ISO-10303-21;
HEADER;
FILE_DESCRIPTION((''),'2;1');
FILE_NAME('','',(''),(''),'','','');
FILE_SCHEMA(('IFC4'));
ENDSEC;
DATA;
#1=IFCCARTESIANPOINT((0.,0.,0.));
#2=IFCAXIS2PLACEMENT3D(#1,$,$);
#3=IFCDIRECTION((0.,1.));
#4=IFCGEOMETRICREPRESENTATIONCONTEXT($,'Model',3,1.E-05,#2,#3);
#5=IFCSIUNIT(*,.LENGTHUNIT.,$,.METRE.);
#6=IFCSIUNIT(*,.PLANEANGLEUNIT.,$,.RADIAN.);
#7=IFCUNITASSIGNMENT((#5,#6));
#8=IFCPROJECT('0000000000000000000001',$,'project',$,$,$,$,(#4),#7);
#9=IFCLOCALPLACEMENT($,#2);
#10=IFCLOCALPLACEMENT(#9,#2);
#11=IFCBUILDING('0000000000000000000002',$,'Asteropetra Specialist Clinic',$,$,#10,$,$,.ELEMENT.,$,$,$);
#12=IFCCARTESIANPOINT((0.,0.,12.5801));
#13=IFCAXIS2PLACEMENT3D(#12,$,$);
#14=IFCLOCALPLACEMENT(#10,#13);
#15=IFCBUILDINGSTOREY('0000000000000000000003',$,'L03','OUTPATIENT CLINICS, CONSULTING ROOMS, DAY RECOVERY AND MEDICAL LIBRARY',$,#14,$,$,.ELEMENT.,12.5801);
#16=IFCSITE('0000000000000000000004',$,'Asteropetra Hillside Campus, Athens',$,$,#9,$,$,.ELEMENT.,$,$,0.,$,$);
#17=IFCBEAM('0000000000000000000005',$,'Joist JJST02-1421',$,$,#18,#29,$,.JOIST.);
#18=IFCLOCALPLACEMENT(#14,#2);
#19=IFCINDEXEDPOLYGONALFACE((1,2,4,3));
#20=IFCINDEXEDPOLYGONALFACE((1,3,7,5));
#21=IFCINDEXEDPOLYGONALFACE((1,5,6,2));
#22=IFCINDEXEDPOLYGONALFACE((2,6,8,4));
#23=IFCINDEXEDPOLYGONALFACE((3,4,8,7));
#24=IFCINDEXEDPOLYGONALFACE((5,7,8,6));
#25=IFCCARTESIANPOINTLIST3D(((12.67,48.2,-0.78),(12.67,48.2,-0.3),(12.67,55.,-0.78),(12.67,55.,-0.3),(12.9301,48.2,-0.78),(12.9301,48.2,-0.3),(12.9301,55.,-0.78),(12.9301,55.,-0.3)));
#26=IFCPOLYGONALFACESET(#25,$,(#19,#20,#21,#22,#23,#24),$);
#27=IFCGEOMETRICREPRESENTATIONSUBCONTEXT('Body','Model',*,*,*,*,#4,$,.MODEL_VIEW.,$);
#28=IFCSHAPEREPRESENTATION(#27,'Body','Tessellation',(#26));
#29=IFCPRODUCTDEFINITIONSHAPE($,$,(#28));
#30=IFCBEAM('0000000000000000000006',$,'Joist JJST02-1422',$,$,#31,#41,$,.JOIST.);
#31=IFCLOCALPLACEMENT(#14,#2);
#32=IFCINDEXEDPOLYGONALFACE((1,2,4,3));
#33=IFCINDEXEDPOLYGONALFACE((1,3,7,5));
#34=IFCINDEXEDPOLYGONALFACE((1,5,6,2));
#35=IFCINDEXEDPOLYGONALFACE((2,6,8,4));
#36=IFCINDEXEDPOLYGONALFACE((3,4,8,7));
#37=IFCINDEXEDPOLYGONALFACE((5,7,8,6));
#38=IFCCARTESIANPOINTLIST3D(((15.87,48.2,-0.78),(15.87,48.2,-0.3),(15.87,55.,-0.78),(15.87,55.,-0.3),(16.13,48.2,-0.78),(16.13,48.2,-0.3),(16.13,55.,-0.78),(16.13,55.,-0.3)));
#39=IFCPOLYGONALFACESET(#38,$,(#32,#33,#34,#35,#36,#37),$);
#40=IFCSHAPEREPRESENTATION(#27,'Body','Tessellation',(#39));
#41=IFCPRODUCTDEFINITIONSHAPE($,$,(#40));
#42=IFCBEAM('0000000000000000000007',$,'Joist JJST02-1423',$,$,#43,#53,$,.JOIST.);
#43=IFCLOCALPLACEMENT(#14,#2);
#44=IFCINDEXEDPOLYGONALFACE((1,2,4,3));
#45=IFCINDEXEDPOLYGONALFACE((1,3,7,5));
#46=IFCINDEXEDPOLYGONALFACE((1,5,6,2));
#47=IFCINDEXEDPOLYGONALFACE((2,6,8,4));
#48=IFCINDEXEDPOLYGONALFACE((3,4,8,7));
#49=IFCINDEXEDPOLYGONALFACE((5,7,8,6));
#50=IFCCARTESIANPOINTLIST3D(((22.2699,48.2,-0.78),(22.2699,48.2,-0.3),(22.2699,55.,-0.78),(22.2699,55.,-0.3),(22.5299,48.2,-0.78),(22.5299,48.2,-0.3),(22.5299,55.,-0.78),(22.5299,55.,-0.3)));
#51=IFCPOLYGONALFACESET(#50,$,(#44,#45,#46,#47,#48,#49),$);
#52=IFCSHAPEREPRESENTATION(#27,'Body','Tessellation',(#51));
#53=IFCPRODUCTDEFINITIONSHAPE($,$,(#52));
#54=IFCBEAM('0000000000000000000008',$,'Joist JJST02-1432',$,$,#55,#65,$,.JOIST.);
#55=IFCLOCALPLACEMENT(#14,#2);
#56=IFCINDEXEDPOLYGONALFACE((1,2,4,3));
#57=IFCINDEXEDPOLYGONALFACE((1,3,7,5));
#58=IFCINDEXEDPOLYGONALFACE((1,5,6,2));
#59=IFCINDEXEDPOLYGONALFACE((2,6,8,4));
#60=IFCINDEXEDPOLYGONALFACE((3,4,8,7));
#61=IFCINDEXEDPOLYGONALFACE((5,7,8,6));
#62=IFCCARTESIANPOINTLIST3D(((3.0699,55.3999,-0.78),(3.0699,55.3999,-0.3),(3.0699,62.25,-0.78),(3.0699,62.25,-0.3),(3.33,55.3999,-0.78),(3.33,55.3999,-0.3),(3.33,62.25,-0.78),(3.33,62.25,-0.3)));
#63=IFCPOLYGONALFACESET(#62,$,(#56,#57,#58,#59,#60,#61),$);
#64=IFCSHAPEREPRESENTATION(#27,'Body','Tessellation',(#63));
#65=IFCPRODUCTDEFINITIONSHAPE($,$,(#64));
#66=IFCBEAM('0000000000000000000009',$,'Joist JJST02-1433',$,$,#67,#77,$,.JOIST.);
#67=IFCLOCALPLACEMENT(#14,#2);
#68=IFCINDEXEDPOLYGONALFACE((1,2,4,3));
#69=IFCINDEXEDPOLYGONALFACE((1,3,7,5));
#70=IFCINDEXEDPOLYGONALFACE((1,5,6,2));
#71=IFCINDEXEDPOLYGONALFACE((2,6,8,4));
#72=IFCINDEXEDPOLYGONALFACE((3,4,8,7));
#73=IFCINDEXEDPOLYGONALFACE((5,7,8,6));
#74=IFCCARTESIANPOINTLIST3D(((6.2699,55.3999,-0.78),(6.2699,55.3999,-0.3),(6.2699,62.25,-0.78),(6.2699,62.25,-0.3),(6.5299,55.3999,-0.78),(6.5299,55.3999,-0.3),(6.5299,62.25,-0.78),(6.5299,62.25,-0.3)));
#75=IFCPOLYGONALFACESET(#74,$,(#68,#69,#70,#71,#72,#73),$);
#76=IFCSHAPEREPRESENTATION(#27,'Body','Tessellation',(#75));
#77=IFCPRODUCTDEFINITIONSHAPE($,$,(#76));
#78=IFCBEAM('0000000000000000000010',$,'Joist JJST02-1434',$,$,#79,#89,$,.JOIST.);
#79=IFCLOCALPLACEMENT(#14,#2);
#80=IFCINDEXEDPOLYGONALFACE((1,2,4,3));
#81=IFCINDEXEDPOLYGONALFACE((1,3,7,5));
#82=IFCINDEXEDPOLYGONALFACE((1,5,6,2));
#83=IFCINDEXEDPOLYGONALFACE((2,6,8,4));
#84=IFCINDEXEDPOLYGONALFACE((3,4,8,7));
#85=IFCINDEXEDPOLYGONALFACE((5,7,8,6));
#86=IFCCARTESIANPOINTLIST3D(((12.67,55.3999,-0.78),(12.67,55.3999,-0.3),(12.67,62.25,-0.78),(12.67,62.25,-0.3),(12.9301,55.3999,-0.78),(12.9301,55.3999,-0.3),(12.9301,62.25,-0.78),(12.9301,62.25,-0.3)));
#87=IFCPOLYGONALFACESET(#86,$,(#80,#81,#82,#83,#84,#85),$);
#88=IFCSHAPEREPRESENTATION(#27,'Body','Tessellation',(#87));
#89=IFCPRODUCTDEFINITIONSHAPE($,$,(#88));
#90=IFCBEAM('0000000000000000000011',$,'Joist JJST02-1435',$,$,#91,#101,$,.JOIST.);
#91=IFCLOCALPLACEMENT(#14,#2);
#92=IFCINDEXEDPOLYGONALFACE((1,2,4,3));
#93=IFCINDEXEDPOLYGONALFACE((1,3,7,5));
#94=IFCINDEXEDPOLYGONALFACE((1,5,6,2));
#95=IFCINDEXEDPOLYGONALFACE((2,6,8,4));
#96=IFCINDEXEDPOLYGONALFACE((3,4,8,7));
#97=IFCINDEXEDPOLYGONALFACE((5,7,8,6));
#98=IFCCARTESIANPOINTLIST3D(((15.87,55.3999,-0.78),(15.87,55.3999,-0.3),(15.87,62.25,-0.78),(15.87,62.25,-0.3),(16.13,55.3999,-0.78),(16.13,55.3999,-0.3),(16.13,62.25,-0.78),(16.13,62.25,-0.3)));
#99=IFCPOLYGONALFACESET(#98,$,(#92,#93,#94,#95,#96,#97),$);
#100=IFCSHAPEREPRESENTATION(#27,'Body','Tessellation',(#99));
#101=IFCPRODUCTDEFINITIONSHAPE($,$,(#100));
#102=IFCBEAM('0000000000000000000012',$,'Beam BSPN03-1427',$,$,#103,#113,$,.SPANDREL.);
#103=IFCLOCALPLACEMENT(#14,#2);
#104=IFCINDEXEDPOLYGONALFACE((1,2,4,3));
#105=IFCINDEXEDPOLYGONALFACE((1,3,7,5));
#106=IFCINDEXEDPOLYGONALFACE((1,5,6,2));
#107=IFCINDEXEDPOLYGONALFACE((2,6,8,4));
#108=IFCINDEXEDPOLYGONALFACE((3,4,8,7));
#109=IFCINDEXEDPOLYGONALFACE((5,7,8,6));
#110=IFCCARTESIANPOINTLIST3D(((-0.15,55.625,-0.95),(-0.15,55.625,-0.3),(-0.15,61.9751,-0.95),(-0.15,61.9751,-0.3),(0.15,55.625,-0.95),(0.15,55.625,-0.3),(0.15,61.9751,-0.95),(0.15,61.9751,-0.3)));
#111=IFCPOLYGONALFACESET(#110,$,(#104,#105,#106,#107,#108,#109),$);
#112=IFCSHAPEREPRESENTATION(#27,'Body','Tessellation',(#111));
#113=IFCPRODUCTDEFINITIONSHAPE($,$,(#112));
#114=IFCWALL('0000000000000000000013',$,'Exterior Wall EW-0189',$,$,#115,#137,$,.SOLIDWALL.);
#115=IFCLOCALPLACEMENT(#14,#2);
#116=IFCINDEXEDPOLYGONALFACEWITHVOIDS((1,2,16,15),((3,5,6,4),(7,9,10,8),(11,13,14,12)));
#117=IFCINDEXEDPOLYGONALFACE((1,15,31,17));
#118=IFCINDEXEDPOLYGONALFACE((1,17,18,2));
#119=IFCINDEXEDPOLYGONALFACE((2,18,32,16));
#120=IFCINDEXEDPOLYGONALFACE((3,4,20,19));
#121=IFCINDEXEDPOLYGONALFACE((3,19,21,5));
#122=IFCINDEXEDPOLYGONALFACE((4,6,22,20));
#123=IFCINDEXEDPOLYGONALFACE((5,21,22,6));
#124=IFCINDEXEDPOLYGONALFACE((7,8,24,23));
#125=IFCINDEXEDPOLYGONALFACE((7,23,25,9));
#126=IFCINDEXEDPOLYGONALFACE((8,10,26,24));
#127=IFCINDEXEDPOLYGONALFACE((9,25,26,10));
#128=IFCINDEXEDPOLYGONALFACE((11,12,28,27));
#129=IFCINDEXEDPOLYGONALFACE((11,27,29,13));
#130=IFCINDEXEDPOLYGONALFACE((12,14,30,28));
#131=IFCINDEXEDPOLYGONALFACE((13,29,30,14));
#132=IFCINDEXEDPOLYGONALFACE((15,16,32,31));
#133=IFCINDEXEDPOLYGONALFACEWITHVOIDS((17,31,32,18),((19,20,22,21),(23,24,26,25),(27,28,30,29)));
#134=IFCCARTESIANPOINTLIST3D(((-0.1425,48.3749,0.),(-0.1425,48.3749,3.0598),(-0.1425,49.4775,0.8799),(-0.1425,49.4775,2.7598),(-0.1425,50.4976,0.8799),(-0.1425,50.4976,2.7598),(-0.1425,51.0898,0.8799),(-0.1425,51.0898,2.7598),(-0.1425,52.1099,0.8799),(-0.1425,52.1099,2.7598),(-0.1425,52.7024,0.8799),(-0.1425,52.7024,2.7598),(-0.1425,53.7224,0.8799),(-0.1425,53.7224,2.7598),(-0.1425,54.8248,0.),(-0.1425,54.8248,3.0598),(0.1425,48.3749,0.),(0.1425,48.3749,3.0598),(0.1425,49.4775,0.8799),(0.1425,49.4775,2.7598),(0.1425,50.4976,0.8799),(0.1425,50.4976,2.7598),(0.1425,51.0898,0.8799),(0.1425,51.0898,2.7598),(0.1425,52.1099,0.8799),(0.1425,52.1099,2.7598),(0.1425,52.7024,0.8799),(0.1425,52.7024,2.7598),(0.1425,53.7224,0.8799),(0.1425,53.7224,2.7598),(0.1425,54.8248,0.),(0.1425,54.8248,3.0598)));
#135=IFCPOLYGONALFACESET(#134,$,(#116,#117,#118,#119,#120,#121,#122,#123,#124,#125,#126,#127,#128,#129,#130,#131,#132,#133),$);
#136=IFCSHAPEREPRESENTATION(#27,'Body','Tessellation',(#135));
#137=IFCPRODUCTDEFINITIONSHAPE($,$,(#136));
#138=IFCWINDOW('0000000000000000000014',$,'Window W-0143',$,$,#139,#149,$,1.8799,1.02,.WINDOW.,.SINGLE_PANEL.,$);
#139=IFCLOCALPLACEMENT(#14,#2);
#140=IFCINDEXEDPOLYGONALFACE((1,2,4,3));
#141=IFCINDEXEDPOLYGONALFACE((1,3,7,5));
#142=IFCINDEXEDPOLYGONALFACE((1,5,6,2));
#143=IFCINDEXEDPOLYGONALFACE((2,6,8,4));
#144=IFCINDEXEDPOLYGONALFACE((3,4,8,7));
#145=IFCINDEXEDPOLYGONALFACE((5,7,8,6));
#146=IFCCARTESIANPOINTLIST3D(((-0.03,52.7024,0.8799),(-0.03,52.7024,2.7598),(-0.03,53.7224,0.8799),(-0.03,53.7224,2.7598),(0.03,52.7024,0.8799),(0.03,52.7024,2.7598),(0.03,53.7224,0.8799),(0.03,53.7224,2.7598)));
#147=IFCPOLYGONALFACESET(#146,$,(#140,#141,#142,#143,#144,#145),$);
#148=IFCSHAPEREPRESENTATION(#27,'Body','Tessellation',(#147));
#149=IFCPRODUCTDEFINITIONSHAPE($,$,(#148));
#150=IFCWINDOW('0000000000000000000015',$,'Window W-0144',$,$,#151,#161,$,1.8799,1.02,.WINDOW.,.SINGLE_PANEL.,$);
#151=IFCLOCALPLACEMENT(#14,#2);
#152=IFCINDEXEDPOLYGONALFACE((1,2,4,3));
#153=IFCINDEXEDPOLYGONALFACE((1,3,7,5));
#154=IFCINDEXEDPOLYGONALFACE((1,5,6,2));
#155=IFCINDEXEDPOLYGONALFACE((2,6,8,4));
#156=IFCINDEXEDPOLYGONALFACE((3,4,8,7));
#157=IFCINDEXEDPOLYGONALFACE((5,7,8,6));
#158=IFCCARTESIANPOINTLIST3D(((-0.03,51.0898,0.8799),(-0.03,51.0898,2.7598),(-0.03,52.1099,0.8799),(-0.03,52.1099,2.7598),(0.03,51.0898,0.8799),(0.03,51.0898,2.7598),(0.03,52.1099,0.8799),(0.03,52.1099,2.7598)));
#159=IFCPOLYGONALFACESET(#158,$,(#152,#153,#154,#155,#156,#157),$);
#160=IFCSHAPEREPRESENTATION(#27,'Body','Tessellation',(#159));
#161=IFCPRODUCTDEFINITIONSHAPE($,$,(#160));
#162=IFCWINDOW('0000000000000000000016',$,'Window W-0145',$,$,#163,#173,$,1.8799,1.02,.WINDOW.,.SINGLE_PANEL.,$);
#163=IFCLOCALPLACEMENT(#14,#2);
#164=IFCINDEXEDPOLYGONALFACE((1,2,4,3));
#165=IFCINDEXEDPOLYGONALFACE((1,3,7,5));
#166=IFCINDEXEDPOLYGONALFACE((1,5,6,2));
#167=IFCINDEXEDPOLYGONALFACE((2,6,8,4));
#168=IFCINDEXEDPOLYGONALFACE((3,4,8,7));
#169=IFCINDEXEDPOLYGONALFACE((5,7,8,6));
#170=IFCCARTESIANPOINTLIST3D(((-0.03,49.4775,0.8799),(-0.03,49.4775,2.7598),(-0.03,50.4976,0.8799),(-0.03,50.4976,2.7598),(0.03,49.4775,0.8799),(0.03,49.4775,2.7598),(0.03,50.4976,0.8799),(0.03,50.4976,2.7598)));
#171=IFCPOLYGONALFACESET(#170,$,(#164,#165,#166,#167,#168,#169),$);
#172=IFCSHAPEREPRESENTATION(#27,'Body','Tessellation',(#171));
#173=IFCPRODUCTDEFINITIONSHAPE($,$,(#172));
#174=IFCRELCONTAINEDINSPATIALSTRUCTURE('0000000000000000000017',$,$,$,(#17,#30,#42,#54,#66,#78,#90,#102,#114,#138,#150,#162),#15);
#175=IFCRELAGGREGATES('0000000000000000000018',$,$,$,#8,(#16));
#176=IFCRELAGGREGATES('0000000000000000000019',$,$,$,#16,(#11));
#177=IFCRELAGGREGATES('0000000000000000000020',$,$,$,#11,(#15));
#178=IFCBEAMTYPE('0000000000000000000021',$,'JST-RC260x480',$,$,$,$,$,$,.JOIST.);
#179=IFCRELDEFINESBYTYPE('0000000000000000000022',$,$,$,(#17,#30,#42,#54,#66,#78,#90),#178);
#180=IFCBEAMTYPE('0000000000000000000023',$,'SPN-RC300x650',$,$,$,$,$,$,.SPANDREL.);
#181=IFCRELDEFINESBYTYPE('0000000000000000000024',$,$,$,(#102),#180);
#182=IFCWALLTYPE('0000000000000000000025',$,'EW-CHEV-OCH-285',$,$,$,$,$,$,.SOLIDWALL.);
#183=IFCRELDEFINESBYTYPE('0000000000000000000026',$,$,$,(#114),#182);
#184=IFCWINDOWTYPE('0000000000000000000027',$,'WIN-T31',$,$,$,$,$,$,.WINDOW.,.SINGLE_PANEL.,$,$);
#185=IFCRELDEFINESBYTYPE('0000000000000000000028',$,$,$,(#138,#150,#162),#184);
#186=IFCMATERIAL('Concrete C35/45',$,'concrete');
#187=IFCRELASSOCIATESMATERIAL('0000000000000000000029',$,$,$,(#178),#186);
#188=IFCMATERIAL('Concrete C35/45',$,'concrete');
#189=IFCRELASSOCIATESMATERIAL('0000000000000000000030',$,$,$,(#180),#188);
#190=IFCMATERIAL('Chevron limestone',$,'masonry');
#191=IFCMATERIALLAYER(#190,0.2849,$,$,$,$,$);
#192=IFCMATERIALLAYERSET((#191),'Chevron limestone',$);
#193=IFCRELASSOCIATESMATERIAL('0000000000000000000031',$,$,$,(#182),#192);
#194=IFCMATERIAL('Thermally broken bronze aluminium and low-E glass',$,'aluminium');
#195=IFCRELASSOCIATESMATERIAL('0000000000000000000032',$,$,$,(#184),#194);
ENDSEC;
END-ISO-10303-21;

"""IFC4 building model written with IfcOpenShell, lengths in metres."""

from ifc_helpers import new_model, si_unit, direction, frame, frame_2d, origin, origin_2d, place, context, subcontext, project, spatial, rectangle, extrude, material, layer, layer_set, material_profile, profile_set, type_object, element, fill, save


model = new_model("IFC4")

# Units and contexts
model_context = context("Model", 3, precision=1e-05, world=origin(), true_north=direction((0.0, 1.0)))
body_context = subcontext(model_context, "Body", "Model", "MODEL_VIEW")
ifc_project = project(units=[si_unit("LENGTHUNIT", "METRE"), si_unit("PLANEANGLEUNIT", "RADIAN")], contexts=[model_context])

# Site, building, storey
site_placement = place(None, origin())
site = spatial("IfcSite", under=ifc_project, at=site_placement, Name="Asteropetra Hillside Campus, Athens", CompositionType="ELEMENT", RefElevation=0.0)
building_placement = place(site_placement, origin())
building = spatial("IfcBuilding", under=site, at=building_placement, Name="Asteropetra Specialist Clinic", CompositionType="ELEMENT")
storey_placement = place(building_placement, frame((0.0, 0.0, 12.5801)))
storey = spatial("IfcBuildingStorey", under=building, at=storey_placement, Name="L03", Description="OUTPATIENT CLINICS, CONSULTING ROOMS, DAY RECOVERY AND MEDICAL LIBRARY", CompositionType="ELEMENT", Elevation=12.5801)

# Beams
ifc_material_1 = material(Name="Concrete C35/45", Category="concrete")
ifc_material_profile_1 = material_profile(ifc_material_1, rectangle(XDim=0.26, YDim=0.48, at=origin_2d()), Name="RCJ 260x480")
ifc_profile_set_1 = profile_set([ifc_material_profile_1], Name="Concrete C35/45")
beam_type_1 = type_object("IfcBeamType", Name="JST-RC260x480", PredefinedType="JOIST", material=ifc_profile_set_1)
for number, where, z_axis, x_axis, name in (
    (1, (12.8, 48.2, -0.54), (0.0, 1.0, 0.0), (-1.0, 0.0, 0.0), "Joist JJST02-1421"),
    (2, (16.0, 48.2, -0.54), (0.0, 1.0, 0.0), (-1.0, 0.0, 0.0), "Joist JJST02-1422"),
    (3, (22.3999, 48.2, -0.54), (0.0, 1.0, 0.0), (-1.0, 0.0, 0.0), "Joist JJST02-1423"),
):
    element("IfcBeam", number, at=place(storey_placement, frame(where, z_axis=z_axis, x_axis=x_axis)), inside=storey, type_object=beam_type_1, Name=name, PredefinedType="JOIST", context=body_context, shape_type="SweptSolid", body=[
        extrude(rectangle(XDim=0.26, YDim=0.48, at=origin_2d()), origin(), (0.0, 0.0, 1.0), 6.8),
    ])
for number, where, z_axis, x_axis, name in (
    (4, (3.2, 55.3999, -0.54), (0.0, 1.0, 0.0), (-1.0, 0.0, 0.0), "Joist JJST02-1432"),
    (5, (6.3999, 55.3999, -0.54), (0.0, 1.0, 0.0), (-1.0, 0.0, 0.0), "Joist JJST02-1433"),
    (6, (12.8, 55.3999, -0.54), (0.0, 1.0, 0.0), (-1.0, 0.0, 0.0), "Joist JJST02-1434"),
    (7, (16.0, 55.3999, -0.54), (0.0, 1.0, 0.0), (-1.0, 0.0, 0.0), "Joist JJST02-1435"),
):
    element("IfcBeam", number, at=place(storey_placement, frame(where, z_axis=z_axis, x_axis=x_axis)), inside=storey, type_object=beam_type_1, Name=name, PredefinedType="JOIST", context=body_context, shape_type="SweptSolid", body=[
        extrude(rectangle(XDim=0.26, YDim=0.48, at=origin_2d()), origin(), (0.0, 0.0, 1.0), 6.8501),
    ])
ifc_material_2 = material(Name="Concrete C35/45", Category="concrete")
ifc_material_profile_2 = material_profile(ifc_material_2, rectangle(XDim=0.3, YDim=0.6499, at=origin_2d()), Name="RCS 300x650")
ifc_profile_set_2 = profile_set([ifc_material_profile_2], Name="Concrete C35/45")
beam_type_2 = type_object("IfcBeamType", Name="SPN-RC300x650", PredefinedType="SPANDREL", material=ifc_profile_set_2)
beam_placement = place(storey_placement, frame((0.0, 55.625, -0.625), z_axis=(0.0, 1.0, 0.0), x_axis=(-1.0, 0.0, 0.0)))
element("IfcBeam", 8, at=beam_placement, inside=storey, type_object=beam_type_2, Name="Beam BSPN03-1427", PredefinedType="SPANDREL", context=body_context, shape_type="SweptSolid", body=[
    extrude(rectangle(XDim=0.3, YDim=0.6499, at=origin_2d()), origin(), (0.0, 0.0, 1.0), 6.3501),
])

# Wall, openings, windows
ifc_material_3 = material(Name="Chevron limestone", Category="masonry")
ifc_layer_1 = layer(ifc_material_3, 0.2849)
ifc_layer_set_1 = layer_set([ifc_layer_1], Name="Chevron limestone")
wall_type_1 = type_object("IfcWallType", Name="EW-CHEV-OCH-285", PredefinedType="SOLIDWALL", material=ifc_layer_set_1)
wall_1_placement = place(storey_placement, frame((0.0, 54.825, 0.0), z_axis=(0.0, 0.0, 1.0), x_axis=(0.0, -1.0, 0.0)))
wall_1 = element("IfcWall", 9, at=wall_1_placement, inside=storey, type_object=wall_type_1, Name="Exterior Wall EW-0189", PredefinedType="SOLIDWALL", context=body_context, shape_type="SweptSolid", body=[
    extrude(rectangle(XDim=6.45, YDim=0.2849, at=frame_2d((3.2251, 0.0))), origin(), (0.0, 0.0, 1.0), 3.0598),
])
opening_1_placement = place(wall_1_placement, frame((1.1025, 0.0, 0.8799)))
opening_1 = element("IfcOpeningElement", 10, at=opening_1_placement, cuts=wall_1, PredefinedType="OPENING", context=body_context, shape_type="SweptSolid", body=[
    extrude(rectangle(XDim=1.02, YDim=1.8799, at=frame_2d((0.51, 0.9399))), frame((0.0, 0.1523, 0.0), z_axis=(0.0, -1.0, 0.0), x_axis=(1.0, 0.0, 0.0)), (0.0, 0.0, 1.0), 0.3049),
])
opening_2_placement = place(wall_1_placement, frame((2.7151, 0.0, 0.8799)))
opening_2 = element("IfcOpeningElement", 11, at=opening_2_placement, cuts=wall_1, PredefinedType="OPENING", context=body_context, shape_type="SweptSolid", body=[
    extrude(rectangle(XDim=1.02, YDim=1.8799, at=frame_2d((0.51, 0.9399))), frame((0.0, 0.1523, 0.0), z_axis=(0.0, -1.0, 0.0), x_axis=(1.0, 0.0, 0.0)), (0.0, 0.0, 1.0), 0.3049),
])
opening_3_placement = place(wall_1_placement, frame((4.3274, 0.0, 0.8799)))
opening_3 = element("IfcOpeningElement", 12, at=opening_3_placement, cuts=wall_1, PredefinedType="OPENING", context=body_context, shape_type="SweptSolid", body=[
    extrude(rectangle(XDim=1.02, YDim=1.8799, at=frame_2d((0.51, 0.9399))), frame((0.0, 0.1523, 0.0), z_axis=(0.0, -1.0, 0.0), x_axis=(1.0, 0.0, 0.0)), (0.0, 0.0, 1.0), 0.3049),
])
ifc_material_4 = material(Name="Thermally broken bronze aluminium and low-E glass", Category="aluminium")
window_type = type_object("IfcWindowType", Name="WIN-T31", PartitioningType="SINGLE_PANEL", PredefinedType="WINDOW", material=ifc_material_4)
window_1_placement = place(opening_1_placement, origin())
window_1 = element("IfcWindow", 13, at=window_1_placement, inside=storey, type_object=window_type, Name="Window W-0143", OverallHeight=1.8799, OverallWidth=1.02, PartitioningType="SINGLE_PANEL", PredefinedType="WINDOW", context=body_context, shape_type="SweptSolid", body=[
    extrude(rectangle(XDim=1.02, YDim=1.8799, at=frame_2d((0.51, 0.9399))), frame((0.0, 0.03, 0.0), z_axis=(0.0, -1.0, 0.0), x_axis=(1.0, 0.0, 0.0)), (0.0, 0.0, 1.0), 0.0601),
])
fill(opening_1, window_1)
window_2_placement = place(opening_2_placement, origin())
window_2 = element("IfcWindow", 14, at=window_2_placement, inside=storey, type_object=window_type, Name="Window W-0144", OverallHeight=1.8799, OverallWidth=1.02, PartitioningType="SINGLE_PANEL", PredefinedType="WINDOW", context=body_context, shape_type="SweptSolid", body=[
    extrude(rectangle(XDim=1.02, YDim=1.8799, at=frame_2d((0.51, 0.9399))), frame((0.0, 0.03, 0.0), z_axis=(0.0, -1.0, 0.0), x_axis=(1.0, 0.0, 0.0)), (0.0, 0.0, 1.0), 0.0601),
])
fill(opening_2, window_2)
window_3_placement = place(opening_3_placement, origin())
window_3 = element("IfcWindow", 15, at=window_3_placement, inside=storey, type_object=window_type, Name="Window W-0145", OverallHeight=1.8799, OverallWidth=1.02, PartitioningType="SINGLE_PANEL", PredefinedType="WINDOW", context=body_context, shape_type="SweptSolid", body=[
    extrude(rectangle(XDim=1.02, YDim=1.8799, at=frame_2d((0.51, 0.9399))), frame((0.0, 0.03, 0.0), z_axis=(0.0, -1.0, 0.0), x_axis=(1.0, 0.0, 0.0)), (0.0, 0.0, 1.0), 0.0601),
])
fill(opening_3, window_3)

save(model, "model.ifc")
